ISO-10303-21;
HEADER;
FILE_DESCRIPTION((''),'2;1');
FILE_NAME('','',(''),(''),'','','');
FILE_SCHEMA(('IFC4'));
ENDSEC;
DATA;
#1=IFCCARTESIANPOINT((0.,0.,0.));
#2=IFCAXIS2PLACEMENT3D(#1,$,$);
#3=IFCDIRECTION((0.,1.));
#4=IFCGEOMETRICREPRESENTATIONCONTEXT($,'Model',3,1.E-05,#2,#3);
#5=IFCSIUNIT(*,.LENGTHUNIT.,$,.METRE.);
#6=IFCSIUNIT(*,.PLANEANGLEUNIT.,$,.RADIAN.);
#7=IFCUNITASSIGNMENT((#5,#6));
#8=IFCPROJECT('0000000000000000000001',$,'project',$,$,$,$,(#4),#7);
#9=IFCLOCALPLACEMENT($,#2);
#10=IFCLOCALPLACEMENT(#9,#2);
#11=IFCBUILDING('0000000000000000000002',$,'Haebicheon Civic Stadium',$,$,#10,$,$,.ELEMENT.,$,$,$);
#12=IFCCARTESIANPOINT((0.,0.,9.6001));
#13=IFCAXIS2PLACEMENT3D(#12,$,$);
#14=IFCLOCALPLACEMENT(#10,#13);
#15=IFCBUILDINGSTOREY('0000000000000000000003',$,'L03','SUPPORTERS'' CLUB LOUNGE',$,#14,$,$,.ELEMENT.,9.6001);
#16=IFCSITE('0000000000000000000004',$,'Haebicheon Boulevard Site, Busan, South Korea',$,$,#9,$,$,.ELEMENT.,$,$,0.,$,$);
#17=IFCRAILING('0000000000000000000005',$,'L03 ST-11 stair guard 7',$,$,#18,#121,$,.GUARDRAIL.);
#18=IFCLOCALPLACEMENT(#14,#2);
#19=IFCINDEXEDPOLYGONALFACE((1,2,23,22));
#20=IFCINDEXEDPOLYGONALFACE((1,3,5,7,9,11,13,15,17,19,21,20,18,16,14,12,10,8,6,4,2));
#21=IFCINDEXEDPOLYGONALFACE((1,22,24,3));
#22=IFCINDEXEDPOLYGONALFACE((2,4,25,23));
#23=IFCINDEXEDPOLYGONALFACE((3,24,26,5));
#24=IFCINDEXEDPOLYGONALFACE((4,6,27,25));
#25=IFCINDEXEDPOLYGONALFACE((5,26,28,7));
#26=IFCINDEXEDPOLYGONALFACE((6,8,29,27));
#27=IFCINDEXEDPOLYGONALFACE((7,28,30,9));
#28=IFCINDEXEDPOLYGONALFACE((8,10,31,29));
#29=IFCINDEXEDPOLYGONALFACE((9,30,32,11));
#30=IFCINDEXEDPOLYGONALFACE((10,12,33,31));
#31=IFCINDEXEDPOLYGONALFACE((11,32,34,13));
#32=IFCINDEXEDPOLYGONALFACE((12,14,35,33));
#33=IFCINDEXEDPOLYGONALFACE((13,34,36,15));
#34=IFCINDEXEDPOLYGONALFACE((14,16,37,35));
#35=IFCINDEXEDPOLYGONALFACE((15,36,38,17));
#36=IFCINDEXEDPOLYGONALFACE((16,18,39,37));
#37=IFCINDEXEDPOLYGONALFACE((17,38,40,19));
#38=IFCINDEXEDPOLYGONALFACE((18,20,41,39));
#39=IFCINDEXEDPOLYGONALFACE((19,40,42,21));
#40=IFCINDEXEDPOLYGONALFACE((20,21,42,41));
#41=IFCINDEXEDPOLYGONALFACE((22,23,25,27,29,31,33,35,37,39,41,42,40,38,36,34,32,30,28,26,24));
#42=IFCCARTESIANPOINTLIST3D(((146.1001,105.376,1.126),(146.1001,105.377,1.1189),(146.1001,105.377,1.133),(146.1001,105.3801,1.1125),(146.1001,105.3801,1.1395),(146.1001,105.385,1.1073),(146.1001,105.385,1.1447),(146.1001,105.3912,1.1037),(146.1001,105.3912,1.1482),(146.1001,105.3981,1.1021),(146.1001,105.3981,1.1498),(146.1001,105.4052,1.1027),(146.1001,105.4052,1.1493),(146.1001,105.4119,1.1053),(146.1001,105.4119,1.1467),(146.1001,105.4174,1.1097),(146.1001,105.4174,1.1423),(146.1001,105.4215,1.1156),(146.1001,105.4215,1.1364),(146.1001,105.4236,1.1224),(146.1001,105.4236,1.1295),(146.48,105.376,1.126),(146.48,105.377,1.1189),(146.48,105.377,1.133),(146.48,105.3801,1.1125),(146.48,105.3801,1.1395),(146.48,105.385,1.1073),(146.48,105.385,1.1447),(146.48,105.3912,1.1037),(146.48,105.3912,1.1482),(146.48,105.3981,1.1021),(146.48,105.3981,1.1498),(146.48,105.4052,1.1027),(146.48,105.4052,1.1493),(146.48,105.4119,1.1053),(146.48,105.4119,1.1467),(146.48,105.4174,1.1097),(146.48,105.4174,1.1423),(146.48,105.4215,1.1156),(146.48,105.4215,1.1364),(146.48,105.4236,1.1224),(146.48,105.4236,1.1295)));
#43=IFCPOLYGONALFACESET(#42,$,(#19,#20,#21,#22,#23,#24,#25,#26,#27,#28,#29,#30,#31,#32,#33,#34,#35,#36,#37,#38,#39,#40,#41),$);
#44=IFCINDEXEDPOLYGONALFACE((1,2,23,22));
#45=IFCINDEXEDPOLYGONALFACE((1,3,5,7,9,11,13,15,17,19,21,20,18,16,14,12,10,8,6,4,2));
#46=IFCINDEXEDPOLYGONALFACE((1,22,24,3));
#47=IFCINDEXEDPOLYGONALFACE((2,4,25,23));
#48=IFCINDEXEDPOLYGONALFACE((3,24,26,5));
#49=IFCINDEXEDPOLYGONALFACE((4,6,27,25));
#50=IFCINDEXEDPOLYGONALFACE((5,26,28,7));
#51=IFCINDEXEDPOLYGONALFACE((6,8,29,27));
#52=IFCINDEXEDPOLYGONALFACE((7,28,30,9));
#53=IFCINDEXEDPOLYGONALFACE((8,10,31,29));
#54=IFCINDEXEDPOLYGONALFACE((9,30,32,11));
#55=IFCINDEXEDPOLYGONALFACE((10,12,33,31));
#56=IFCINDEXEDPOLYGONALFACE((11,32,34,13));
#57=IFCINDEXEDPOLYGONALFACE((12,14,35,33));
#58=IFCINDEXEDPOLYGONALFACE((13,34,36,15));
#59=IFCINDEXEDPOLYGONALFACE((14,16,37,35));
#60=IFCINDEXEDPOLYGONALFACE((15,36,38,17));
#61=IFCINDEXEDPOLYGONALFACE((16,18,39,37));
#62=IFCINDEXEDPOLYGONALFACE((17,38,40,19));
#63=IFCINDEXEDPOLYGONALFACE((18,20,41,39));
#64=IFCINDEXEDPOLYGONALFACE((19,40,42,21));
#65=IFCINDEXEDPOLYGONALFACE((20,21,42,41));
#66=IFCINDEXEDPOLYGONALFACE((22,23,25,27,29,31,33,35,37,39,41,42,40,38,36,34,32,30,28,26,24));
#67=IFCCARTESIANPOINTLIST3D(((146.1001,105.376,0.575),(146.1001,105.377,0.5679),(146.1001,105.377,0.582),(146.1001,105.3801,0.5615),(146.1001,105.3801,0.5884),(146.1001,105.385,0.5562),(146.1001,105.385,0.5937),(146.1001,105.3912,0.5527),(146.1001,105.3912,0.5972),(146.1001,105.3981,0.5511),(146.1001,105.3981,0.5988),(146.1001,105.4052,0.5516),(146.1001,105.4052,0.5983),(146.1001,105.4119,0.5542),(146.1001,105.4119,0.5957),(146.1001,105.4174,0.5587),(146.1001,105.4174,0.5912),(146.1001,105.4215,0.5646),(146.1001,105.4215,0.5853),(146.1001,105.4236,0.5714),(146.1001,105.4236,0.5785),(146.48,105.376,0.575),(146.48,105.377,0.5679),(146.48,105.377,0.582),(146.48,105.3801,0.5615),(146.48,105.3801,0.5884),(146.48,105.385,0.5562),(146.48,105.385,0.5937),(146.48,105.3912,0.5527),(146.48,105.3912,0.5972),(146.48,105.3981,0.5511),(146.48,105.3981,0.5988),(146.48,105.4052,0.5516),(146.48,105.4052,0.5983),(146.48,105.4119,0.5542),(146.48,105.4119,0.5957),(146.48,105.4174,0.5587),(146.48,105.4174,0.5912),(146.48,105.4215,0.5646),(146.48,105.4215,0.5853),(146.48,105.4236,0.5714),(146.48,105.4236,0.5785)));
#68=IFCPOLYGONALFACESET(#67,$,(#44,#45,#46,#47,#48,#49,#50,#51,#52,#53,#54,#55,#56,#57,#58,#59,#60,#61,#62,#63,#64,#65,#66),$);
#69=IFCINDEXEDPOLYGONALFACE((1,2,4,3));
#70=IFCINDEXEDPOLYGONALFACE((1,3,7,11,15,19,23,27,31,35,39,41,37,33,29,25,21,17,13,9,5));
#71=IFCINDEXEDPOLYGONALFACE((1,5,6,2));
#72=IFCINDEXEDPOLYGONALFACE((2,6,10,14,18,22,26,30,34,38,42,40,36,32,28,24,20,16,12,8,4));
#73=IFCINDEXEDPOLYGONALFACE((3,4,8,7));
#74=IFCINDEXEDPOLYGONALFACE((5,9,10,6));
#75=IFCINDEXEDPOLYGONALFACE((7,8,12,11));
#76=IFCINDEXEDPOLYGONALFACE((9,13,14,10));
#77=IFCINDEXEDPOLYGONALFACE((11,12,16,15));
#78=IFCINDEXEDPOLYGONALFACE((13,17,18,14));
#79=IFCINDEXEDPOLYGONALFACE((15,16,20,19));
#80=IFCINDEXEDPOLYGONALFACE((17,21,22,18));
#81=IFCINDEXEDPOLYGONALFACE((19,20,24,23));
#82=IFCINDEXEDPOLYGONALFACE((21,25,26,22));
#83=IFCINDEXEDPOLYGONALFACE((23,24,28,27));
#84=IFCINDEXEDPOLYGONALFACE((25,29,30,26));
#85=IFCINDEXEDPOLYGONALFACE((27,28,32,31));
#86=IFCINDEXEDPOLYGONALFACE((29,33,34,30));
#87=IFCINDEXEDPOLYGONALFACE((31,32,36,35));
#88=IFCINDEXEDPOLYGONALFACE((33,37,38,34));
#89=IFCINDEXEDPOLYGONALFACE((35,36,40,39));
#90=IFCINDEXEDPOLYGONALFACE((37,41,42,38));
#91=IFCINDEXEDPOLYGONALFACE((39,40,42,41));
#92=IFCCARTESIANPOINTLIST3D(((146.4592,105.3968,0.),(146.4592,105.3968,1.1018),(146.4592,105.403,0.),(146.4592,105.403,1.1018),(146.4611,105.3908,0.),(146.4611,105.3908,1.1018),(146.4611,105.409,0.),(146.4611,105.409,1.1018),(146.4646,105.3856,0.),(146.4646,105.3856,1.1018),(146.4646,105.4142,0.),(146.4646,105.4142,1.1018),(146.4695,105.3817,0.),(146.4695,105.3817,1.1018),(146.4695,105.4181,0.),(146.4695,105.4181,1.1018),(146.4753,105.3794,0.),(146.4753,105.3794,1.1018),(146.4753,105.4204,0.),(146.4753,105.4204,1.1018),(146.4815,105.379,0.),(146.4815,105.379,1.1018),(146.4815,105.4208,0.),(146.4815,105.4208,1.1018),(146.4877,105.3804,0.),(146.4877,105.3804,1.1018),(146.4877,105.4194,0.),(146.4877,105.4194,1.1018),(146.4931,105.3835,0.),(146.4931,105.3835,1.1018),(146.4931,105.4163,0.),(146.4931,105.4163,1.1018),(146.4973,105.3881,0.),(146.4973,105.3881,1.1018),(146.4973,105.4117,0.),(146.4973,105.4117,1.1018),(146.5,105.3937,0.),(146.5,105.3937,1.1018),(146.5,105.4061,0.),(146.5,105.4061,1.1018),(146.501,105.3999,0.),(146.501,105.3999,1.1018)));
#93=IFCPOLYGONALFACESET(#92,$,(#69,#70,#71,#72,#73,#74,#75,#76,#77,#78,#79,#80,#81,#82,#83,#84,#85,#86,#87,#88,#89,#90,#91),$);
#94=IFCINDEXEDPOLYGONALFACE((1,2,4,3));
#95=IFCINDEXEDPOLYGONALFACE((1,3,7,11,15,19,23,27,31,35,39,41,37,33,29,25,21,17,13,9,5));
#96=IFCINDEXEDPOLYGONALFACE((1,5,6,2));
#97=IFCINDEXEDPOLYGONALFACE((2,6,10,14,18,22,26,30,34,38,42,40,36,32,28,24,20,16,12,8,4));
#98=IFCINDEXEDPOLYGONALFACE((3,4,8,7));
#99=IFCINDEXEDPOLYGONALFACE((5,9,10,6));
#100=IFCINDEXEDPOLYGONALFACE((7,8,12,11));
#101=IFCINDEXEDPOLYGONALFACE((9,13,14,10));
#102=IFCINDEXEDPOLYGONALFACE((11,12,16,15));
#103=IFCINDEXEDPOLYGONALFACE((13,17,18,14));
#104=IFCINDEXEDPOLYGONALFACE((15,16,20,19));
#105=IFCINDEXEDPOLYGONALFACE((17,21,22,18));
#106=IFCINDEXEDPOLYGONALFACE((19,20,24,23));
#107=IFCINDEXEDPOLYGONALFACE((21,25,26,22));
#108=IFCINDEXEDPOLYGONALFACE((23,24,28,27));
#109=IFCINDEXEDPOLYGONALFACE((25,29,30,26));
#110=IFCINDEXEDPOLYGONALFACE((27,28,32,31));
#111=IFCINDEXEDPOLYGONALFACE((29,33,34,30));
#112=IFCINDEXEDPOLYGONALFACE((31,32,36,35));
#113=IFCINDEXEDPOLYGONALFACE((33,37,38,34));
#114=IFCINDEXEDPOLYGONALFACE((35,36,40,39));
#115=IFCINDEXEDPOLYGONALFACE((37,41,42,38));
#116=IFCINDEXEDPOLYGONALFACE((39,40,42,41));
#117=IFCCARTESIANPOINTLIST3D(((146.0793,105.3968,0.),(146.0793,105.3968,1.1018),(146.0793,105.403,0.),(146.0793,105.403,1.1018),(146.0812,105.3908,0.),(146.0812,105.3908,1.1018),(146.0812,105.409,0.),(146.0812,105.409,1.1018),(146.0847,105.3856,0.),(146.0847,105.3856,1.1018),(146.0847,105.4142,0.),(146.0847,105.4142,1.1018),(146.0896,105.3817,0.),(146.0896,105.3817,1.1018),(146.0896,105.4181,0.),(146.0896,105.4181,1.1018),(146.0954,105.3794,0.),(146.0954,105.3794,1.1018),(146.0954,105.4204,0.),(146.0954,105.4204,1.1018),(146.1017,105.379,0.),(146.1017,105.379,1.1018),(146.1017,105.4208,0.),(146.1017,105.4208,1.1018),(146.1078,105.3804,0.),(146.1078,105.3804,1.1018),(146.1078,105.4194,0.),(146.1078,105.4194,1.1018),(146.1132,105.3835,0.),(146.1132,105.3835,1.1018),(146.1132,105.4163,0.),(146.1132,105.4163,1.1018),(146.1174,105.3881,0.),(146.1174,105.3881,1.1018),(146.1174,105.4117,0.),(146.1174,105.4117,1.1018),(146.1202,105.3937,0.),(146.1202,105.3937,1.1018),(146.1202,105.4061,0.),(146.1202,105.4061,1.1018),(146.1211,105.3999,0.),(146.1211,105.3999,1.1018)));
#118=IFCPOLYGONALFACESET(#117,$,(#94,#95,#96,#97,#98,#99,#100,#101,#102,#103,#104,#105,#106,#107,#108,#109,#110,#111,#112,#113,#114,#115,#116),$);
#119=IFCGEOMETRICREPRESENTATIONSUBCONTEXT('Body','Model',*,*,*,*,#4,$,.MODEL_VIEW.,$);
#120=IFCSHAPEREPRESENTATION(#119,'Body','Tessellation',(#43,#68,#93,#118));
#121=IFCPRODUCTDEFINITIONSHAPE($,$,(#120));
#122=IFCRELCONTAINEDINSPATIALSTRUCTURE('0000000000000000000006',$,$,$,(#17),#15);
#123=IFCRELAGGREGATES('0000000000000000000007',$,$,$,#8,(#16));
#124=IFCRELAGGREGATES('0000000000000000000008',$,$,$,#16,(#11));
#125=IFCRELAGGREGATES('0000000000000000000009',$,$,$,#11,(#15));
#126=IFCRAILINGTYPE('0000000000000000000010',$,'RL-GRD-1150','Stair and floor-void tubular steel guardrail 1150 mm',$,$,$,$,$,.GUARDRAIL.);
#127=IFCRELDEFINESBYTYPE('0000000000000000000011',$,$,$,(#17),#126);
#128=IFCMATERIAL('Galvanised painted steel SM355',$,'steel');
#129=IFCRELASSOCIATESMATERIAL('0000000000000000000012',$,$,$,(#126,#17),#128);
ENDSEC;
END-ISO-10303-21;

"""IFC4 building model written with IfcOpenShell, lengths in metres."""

from ifc_helpers import new_model, si_unit, direction, frame, origin, origin_2d, place, context, subcontext, project, spatial, circle, extrude, material, type_object, element, save


model = new_model("IFC4")

# Units and contexts
model_context = context("Model", 3, precision=1e-05, world=origin(), true_north=direction((0.0, 1.0)))
body_context = subcontext(model_context, "Body", "Model", "MODEL_VIEW")
ifc_project = project(units=[si_unit("LENGTHUNIT", "METRE"), si_unit("PLANEANGLEUNIT", "RADIAN")], contexts=[model_context])

# Site, building, storey
site_placement = place(None, origin())
site = spatial("IfcSite", under=ifc_project, at=site_placement, Name="Haebicheon Boulevard Site, Busan, South Korea", CompositionType="ELEMENT", RefElevation=0.0)
building_placement = place(site_placement, origin())
building = spatial("IfcBuilding", under=site, at=building_placement, Name="Haebicheon Civic Stadium", CompositionType="ELEMENT")
storey_placement = place(building_placement, frame((0.0, 0.0, 9.6001)))
storey = spatial("IfcBuildingStorey", under=building, at=storey_placement, Name="L03", Description="SUPPORTERS' CLUB LOUNGE", CompositionType="ELEMENT", Elevation=9.6001)

# Railing
ifc_material_1 = material(Name="Galvanised painted steel SM355", Category="steel")
railing_type_1 = type_object("IfcRailingType", Name="RL-GRD-1150", Description="Stair and floor-void tubular steel guardrail 1150 mm", PredefinedType="GUARDRAIL", material=ifc_material_1)
railing_1_placement = place(storey_placement, frame((146.48, 105.3999, 0.0)))
element("IfcRailing", 1, at=railing_1_placement, inside=storey, type_object=railing_type_1, material=ifc_material_1, Name="L03 ST-11 stair guard 7", PredefinedType="GUARDRAIL", context=body_context, shape_type="SweptSolid", body=[
    extrude(circle(Radius=0.0239, at=origin_2d()), frame((0.0, 0.0, 1.126), z_axis=(-1.0, 0.0, 0.0), x_axis=(0.0, -1.0, 0.0)), (0.0, 0.0, 1.0), 0.3799),
    extrude(circle(Radius=0.0239, at=origin_2d()), frame((0.0, 0.0, 0.575), z_axis=(-1.0, 0.0, 0.0), x_axis=(0.0, -1.0, 0.0)), (0.0, 0.0, 1.0), 0.3799),
    extrude(circle(Radius=0.021, at=origin_2d()), origin(), (0.0, 0.0, 1.0), 1.1018),
    extrude(circle(Radius=0.021, at=origin_2d()), frame((-0.3799, 0.0, 0.0)), (0.0, 0.0, 1.0), 1.1018),
])

save(model, "model.ifc")
